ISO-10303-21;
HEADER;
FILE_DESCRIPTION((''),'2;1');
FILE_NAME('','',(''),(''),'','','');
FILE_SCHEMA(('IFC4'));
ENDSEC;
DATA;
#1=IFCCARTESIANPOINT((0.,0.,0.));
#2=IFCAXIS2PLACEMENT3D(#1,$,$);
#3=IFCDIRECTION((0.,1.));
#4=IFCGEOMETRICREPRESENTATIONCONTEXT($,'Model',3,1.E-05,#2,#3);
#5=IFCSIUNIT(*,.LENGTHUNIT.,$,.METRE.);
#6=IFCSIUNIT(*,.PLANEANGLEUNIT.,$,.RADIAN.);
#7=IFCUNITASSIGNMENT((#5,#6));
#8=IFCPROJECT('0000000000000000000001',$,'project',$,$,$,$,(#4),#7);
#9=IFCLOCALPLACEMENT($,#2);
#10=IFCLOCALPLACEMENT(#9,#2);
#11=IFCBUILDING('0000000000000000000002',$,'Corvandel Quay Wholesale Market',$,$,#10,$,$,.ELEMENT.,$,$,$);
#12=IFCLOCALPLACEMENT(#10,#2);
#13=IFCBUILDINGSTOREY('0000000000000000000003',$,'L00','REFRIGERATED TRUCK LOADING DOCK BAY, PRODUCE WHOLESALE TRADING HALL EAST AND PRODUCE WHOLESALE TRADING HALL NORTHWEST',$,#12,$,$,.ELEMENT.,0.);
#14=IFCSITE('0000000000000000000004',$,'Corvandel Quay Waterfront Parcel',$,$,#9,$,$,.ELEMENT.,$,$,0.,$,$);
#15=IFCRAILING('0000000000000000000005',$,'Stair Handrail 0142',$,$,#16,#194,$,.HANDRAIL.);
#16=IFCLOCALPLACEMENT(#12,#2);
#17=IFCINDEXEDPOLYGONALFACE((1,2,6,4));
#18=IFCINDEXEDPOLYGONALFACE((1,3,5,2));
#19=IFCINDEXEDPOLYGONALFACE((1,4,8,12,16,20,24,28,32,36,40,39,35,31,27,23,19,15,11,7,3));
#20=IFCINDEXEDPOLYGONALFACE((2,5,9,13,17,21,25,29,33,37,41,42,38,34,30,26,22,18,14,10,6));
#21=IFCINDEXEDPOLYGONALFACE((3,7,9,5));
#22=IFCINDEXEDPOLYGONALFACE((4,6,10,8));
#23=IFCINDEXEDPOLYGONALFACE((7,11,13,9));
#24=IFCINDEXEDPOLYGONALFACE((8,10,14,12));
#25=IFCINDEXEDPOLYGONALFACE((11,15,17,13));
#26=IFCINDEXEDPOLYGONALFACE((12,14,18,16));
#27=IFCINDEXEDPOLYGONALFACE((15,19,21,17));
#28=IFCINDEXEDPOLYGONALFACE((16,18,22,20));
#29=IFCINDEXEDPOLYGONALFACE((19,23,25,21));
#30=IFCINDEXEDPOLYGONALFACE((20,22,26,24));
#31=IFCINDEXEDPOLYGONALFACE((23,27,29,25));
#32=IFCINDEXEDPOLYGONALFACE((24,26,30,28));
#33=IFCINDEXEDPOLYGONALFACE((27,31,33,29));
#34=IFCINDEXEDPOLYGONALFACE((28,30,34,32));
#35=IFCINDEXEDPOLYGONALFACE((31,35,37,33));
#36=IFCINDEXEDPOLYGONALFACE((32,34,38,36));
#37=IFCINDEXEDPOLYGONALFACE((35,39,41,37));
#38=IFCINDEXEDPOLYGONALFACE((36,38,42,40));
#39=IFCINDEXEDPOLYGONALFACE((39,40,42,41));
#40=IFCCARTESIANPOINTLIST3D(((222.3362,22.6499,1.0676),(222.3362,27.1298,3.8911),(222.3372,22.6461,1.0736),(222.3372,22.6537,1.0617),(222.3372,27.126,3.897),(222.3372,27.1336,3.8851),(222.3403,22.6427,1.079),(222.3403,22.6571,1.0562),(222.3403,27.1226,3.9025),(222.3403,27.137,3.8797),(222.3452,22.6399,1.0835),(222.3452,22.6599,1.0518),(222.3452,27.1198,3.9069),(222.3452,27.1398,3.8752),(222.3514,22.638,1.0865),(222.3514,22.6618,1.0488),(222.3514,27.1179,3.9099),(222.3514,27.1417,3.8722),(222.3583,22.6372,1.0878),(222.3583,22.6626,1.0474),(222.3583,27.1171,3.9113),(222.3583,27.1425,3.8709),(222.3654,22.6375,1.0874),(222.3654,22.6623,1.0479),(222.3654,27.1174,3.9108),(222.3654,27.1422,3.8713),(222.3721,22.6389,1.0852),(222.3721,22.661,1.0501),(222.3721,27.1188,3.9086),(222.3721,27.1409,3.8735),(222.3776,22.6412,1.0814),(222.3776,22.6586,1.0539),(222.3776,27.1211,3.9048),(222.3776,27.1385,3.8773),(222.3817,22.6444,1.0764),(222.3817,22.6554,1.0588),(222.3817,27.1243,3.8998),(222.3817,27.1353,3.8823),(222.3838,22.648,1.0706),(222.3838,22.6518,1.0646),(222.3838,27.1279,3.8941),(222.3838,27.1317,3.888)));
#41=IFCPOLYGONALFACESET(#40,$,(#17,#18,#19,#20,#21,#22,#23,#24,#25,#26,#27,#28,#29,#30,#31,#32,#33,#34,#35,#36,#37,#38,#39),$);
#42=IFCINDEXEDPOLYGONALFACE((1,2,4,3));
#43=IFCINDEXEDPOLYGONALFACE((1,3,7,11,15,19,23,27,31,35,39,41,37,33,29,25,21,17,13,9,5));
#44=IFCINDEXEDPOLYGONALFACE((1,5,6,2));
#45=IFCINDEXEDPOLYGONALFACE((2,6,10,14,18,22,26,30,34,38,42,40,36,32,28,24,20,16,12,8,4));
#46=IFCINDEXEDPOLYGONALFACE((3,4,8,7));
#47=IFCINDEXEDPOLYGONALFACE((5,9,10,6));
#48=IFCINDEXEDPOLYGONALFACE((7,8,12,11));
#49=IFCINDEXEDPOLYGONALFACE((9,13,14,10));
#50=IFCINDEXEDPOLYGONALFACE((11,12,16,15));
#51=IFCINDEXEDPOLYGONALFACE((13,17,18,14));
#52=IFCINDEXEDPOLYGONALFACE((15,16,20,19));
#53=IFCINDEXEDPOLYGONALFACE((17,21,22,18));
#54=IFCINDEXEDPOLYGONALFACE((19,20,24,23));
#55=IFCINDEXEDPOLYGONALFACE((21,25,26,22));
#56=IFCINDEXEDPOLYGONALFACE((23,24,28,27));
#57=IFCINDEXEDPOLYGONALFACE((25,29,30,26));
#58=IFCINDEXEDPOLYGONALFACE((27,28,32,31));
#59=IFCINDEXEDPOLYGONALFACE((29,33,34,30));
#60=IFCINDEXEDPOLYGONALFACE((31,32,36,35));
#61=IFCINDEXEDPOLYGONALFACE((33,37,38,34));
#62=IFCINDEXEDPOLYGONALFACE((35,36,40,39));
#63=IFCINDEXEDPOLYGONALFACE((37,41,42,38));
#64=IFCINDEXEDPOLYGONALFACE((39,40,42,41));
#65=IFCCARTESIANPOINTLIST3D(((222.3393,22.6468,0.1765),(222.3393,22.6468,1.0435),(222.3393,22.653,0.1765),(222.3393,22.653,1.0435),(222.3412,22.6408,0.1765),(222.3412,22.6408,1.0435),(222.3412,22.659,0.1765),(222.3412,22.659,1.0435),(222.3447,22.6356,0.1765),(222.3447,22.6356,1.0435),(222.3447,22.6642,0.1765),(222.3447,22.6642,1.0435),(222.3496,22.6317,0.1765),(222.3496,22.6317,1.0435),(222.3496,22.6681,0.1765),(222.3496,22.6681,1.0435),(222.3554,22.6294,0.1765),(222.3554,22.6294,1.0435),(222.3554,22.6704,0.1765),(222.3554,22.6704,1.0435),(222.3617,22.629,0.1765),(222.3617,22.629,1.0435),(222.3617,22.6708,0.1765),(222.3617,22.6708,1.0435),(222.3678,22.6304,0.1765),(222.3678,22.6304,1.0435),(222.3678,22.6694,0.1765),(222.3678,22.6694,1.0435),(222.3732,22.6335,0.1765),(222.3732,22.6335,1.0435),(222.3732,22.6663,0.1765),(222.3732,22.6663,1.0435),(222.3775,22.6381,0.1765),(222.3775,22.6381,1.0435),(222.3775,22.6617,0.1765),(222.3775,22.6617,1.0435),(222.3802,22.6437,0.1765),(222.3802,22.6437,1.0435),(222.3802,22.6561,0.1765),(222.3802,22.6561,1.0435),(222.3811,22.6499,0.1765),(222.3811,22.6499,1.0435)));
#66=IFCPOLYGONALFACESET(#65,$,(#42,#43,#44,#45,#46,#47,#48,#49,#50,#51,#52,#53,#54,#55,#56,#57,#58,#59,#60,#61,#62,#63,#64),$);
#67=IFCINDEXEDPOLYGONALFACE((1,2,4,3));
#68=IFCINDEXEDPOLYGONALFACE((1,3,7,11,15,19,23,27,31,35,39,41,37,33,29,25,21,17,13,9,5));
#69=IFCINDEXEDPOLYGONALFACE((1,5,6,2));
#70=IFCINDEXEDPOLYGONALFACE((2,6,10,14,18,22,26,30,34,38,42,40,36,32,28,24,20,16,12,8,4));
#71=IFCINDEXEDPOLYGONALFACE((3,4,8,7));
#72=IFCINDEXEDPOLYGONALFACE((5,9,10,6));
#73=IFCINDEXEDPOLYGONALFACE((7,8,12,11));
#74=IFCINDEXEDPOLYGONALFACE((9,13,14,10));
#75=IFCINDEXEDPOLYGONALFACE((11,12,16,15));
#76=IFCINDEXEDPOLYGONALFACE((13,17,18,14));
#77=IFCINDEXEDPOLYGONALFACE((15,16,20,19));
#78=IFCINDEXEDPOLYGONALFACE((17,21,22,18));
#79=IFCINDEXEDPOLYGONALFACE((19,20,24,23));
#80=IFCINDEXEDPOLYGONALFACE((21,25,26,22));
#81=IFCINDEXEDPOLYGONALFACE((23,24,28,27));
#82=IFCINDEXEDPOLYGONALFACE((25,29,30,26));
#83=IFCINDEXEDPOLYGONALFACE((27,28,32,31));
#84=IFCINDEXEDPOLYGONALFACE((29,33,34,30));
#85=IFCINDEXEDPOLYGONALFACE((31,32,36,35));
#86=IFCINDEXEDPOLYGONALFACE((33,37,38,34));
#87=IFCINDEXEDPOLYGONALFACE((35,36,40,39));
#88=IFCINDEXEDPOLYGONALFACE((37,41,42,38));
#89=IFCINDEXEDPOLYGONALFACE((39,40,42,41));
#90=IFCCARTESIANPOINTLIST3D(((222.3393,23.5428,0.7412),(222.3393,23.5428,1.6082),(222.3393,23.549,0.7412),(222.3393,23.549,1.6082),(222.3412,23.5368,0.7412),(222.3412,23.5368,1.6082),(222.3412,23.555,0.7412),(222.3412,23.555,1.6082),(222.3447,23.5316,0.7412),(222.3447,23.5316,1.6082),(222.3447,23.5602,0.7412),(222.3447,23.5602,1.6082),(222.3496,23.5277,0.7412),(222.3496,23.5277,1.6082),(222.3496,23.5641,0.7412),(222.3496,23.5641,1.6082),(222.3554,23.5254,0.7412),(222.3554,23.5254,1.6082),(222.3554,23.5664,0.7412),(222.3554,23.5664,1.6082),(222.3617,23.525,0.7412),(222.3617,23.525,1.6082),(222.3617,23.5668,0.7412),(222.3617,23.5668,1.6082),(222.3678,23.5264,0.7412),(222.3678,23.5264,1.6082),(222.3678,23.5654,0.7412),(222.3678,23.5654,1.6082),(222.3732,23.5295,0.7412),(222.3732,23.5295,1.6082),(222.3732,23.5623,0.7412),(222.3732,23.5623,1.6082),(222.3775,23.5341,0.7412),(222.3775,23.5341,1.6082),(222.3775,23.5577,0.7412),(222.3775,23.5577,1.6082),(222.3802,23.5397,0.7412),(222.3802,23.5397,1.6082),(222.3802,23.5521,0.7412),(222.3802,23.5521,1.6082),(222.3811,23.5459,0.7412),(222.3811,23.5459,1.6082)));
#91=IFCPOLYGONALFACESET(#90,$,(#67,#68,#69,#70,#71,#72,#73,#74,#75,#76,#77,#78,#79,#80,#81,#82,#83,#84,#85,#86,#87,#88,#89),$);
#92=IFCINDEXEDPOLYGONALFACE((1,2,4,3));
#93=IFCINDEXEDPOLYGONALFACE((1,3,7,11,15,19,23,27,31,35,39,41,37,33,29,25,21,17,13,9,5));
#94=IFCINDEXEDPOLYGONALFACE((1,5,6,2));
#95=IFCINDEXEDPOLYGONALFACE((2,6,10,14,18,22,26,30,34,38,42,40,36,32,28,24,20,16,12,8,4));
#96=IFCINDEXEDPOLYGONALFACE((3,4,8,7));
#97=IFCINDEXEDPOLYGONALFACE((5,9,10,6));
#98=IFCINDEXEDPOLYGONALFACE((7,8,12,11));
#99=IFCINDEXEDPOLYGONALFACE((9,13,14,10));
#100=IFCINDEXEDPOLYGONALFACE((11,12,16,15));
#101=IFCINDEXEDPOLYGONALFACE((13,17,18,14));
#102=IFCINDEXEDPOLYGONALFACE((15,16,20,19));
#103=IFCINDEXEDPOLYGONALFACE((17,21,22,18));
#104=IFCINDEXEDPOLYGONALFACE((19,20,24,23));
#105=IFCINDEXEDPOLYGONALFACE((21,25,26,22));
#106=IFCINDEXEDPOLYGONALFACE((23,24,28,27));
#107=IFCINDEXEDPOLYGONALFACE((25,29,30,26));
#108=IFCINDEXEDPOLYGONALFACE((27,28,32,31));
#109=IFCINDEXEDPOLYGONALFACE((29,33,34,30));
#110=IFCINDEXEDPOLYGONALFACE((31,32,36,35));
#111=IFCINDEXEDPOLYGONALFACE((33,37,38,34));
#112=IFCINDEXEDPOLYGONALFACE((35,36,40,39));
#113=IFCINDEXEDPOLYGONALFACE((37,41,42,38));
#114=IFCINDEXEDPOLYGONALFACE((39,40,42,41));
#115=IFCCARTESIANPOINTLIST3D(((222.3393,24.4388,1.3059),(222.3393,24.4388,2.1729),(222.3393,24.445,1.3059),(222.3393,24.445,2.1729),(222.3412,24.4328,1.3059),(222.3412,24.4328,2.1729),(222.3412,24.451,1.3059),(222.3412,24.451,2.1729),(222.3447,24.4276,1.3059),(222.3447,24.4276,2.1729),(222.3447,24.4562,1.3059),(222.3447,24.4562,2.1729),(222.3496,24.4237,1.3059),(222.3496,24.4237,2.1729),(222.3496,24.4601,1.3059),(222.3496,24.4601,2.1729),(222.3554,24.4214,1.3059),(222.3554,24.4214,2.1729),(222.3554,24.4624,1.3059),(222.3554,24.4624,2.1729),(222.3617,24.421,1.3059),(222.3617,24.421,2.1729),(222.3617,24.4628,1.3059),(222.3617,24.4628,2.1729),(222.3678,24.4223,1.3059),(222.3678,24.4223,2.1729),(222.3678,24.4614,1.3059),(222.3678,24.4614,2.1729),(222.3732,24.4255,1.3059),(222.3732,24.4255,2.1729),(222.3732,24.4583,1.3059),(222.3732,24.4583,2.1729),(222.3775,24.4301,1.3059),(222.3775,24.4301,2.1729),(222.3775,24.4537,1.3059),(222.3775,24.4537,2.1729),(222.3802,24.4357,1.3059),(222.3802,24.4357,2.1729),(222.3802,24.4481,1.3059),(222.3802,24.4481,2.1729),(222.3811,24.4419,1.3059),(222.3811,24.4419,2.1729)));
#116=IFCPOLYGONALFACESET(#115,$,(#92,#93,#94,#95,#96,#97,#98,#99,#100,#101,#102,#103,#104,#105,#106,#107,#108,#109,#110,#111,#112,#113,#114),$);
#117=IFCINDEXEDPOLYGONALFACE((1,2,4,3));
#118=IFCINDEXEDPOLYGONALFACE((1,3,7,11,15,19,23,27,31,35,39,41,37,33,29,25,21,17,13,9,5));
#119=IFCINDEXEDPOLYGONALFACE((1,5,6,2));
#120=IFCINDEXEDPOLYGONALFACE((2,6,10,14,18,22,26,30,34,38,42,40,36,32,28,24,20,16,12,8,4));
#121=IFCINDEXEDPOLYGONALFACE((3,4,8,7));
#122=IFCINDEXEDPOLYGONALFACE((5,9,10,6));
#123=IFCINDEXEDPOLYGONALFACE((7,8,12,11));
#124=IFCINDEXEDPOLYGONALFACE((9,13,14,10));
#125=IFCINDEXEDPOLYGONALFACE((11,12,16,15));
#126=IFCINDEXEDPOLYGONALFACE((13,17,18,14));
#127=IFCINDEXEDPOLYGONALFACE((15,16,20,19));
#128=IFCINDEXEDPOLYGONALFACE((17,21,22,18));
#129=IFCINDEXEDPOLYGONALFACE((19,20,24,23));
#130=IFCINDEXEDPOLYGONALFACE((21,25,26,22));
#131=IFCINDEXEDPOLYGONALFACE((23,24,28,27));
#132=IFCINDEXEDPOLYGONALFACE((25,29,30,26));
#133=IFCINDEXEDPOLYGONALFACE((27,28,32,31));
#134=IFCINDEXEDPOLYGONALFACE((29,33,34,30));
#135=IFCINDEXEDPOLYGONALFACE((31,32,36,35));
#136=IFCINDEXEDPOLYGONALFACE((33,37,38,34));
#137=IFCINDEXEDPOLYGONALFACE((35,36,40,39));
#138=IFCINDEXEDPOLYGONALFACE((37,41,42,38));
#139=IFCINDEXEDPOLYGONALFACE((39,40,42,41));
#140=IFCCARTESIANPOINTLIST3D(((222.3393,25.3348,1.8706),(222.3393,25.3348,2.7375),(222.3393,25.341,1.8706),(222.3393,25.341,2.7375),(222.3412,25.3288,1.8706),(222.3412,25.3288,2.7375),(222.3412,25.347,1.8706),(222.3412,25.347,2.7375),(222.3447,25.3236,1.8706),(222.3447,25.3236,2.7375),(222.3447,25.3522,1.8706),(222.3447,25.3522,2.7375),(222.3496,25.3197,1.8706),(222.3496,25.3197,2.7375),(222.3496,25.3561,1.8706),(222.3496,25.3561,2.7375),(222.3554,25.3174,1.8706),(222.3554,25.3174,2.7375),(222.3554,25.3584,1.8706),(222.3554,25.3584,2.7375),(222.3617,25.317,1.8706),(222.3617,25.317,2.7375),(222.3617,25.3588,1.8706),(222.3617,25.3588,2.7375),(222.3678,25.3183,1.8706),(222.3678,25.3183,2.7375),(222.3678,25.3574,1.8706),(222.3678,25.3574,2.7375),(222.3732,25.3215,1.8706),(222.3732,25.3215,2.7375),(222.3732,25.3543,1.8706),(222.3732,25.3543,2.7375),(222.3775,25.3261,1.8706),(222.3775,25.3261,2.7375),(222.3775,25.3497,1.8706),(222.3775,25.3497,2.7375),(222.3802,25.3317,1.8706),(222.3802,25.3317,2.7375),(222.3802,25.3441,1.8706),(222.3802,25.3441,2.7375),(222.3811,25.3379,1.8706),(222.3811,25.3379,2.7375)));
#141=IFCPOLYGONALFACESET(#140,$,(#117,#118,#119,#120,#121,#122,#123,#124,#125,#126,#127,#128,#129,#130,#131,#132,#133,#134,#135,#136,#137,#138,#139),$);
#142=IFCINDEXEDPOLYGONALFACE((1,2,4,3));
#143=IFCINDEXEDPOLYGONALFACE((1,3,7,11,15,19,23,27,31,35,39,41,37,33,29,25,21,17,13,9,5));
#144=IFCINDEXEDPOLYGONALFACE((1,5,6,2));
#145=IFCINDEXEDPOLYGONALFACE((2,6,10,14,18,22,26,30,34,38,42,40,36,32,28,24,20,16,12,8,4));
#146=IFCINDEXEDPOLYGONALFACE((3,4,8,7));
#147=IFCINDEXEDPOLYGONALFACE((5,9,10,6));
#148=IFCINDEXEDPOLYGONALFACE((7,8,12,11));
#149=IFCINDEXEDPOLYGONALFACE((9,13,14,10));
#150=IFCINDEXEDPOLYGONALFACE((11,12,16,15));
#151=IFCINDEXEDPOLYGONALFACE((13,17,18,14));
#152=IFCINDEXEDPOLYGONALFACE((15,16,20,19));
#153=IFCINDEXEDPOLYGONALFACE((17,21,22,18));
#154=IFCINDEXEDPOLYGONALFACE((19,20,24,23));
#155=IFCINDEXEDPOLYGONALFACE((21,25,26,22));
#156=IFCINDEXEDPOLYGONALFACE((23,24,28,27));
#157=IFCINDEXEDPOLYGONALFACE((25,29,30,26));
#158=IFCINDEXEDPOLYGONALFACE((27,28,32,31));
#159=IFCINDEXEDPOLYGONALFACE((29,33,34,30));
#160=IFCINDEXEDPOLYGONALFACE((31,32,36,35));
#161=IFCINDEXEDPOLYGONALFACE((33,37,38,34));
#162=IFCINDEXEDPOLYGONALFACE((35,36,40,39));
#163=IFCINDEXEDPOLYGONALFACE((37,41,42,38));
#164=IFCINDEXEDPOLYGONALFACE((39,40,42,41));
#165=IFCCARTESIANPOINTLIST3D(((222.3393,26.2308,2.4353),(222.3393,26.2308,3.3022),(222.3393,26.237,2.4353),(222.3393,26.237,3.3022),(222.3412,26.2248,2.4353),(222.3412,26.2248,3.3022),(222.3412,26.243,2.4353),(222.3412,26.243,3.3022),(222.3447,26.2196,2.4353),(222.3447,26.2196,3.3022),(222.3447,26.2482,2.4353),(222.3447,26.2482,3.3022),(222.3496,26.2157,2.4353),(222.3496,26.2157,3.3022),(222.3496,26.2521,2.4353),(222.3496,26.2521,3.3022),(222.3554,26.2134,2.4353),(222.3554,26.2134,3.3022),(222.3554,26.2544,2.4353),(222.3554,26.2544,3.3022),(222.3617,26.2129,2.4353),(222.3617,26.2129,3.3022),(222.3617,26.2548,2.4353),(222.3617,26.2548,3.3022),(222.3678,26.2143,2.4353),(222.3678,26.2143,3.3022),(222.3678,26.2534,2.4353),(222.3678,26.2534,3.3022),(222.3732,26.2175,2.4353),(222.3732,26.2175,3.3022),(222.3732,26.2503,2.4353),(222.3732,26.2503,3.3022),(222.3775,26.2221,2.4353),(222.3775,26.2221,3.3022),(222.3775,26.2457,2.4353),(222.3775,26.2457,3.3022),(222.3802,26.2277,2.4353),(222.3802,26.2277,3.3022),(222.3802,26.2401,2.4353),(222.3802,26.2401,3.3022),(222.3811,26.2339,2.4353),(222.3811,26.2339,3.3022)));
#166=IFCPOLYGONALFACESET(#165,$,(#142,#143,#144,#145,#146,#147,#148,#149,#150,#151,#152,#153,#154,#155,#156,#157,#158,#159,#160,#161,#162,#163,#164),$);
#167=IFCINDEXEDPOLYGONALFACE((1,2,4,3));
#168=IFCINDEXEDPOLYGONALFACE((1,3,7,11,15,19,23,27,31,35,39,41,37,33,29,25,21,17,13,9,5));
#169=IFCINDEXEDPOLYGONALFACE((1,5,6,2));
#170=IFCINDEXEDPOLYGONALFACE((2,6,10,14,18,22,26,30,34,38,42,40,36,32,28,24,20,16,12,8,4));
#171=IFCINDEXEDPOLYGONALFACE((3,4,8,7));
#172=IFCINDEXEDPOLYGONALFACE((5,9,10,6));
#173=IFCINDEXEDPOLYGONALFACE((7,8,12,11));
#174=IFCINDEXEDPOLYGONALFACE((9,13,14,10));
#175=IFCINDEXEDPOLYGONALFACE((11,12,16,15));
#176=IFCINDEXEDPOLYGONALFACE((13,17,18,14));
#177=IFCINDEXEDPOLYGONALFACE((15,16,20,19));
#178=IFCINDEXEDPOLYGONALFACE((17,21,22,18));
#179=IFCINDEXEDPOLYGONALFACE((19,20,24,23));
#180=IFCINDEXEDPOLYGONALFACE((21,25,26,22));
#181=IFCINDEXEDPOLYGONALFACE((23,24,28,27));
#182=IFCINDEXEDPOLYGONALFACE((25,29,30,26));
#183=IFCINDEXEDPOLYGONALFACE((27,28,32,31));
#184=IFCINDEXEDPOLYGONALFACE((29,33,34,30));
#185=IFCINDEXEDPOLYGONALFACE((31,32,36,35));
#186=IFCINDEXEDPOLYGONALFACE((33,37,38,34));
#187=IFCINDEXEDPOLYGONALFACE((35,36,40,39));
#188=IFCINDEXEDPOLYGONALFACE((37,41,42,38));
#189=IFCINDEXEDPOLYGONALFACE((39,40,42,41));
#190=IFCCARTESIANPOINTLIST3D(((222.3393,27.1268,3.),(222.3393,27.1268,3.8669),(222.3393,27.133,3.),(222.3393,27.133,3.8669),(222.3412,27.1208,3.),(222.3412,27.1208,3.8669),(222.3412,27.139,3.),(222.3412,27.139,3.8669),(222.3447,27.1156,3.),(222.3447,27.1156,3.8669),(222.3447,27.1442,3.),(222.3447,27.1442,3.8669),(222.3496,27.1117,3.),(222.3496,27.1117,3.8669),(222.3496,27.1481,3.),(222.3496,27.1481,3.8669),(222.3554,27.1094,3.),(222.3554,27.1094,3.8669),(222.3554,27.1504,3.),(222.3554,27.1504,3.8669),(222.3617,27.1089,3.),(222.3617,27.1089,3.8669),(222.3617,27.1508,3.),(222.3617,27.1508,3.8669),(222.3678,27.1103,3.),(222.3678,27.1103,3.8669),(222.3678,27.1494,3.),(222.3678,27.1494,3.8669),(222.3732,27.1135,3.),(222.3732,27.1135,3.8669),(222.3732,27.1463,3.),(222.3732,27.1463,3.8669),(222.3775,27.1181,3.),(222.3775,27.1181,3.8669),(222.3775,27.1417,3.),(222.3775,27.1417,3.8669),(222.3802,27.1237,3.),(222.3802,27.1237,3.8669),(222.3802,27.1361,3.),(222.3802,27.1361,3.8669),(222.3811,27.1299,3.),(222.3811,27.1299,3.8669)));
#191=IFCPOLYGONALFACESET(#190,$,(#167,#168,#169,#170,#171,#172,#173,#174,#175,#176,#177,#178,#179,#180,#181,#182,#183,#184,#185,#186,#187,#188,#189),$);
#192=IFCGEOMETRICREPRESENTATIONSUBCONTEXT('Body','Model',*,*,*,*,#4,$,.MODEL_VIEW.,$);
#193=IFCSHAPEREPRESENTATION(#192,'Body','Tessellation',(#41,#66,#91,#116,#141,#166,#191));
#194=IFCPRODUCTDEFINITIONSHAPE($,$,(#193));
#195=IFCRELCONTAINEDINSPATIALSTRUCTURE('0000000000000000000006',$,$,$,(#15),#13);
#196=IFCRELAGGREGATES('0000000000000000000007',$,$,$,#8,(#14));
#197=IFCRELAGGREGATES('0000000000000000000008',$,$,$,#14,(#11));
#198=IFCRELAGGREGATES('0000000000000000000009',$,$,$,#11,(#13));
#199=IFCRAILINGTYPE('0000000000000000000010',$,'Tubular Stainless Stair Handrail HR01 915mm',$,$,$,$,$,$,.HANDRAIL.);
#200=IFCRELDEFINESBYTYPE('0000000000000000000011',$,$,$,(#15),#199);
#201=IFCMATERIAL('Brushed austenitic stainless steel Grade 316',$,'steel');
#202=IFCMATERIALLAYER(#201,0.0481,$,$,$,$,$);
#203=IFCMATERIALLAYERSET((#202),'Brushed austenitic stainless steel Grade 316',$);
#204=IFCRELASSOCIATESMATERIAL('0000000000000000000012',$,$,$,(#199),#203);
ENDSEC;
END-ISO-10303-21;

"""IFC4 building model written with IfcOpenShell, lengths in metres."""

from ifc_helpers import new_model, si_unit, direction, frame, origin, origin_2d, place, context, subcontext, project, spatial, circle, extrude, material, layer, layer_set, type_object, element, save


model = new_model("IFC4")

# Units and contexts
model_context = context("Model", 3, precision=1e-05, world=origin(), true_north=direction((0.0, 1.0)))
body_context = subcontext(model_context, "Body", "Model", "MODEL_VIEW")
ifc_project = project(units=[si_unit("LENGTHUNIT", "METRE"), si_unit("PLANEANGLEUNIT", "RADIAN")], contexts=[model_context])

# Site, building, storey
site_placement = place(None, origin())
site = spatial("IfcSite", under=ifc_project, at=site_placement, Name="Corvandel Quay Waterfront Parcel", CompositionType="ELEMENT", RefElevation=0.0)
building_placement = place(site_placement, origin())
building = spatial("IfcBuilding", under=site, at=building_placement, Name="Corvandel Quay Wholesale Market", CompositionType="ELEMENT")
storey_placement = place(building_placement, origin())
storey = spatial("IfcBuildingStorey", under=building, at=storey_placement, Name="L00", Description="REFRIGERATED TRUCK LOADING DOCK BAY, PRODUCE WHOLESALE TRADING HALL EAST AND PRODUCE WHOLESALE TRADING HALL NORTHWEST", CompositionType="ELEMENT", Elevation=0.0)

# Railing
ifc_material_1 = material(Name="Brushed austenitic stainless steel Grade 316", Category="steel")
ifc_layer_1 = layer(ifc_material_1, 0.0481)
ifc_layer_set_1 = layer_set([ifc_layer_1], Name="Brushed austenitic stainless steel Grade 316")
railing_type_1 = type_object("IfcRailingType", Name="Tubular Stainless Stair Handrail HR01 915mm", PredefinedType="HANDRAIL", material=ifc_layer_set_1)
for number, where, name in (
    (1, (222.3601, 22.6499, 0.1765), "Stair Handrail 0142"),
):
    element("IfcRailing", number, at=place(storey_placement, frame(where)), inside=storey, type_object=railing_type_1, Name=name, PredefinedType="HANDRAIL", context=body_context, shape_type="SweptSolid", body=[
        extrude(circle(Radius=0.0239, at=origin_2d()), frame((0.0, 0.0, 0.8911), z_axis=(0.0, 0.845998, 0.533186), x_axis=(-1.0, 0.0, 0.0)), (0.0, 0.0, 1.0), 5.2954),
        extrude(circle(Radius=0.021, at=origin_2d()), origin(), (0.0, 0.0, 1.0), 0.8669),
        extrude(circle(Radius=0.021, at=origin_2d()), frame((0.0, 0.896, 0.5647)), (0.0, 0.0, 1.0), 0.8669),
        extrude(circle(Radius=0.021, at=origin_2d()), frame((0.0, 1.792, 1.1294)), (0.0, 0.0, 1.0), 0.8669),
        extrude(circle(Radius=0.021, at=origin_2d()), frame((0.0, 2.688, 1.6941)), (0.0, 0.0, 1.0), 0.8669),
        extrude(circle(Radius=0.021, at=origin_2d()), frame((0.0, 3.584, 2.2588)), (0.0, 0.0, 1.0), 0.8669),
        extrude(circle(Radius=0.021, at=origin_2d()), frame((0.0, 4.48, 2.8235)), (0.0, 0.0, 1.0), 0.8669),
    ])

save(model, "model.ifc")
